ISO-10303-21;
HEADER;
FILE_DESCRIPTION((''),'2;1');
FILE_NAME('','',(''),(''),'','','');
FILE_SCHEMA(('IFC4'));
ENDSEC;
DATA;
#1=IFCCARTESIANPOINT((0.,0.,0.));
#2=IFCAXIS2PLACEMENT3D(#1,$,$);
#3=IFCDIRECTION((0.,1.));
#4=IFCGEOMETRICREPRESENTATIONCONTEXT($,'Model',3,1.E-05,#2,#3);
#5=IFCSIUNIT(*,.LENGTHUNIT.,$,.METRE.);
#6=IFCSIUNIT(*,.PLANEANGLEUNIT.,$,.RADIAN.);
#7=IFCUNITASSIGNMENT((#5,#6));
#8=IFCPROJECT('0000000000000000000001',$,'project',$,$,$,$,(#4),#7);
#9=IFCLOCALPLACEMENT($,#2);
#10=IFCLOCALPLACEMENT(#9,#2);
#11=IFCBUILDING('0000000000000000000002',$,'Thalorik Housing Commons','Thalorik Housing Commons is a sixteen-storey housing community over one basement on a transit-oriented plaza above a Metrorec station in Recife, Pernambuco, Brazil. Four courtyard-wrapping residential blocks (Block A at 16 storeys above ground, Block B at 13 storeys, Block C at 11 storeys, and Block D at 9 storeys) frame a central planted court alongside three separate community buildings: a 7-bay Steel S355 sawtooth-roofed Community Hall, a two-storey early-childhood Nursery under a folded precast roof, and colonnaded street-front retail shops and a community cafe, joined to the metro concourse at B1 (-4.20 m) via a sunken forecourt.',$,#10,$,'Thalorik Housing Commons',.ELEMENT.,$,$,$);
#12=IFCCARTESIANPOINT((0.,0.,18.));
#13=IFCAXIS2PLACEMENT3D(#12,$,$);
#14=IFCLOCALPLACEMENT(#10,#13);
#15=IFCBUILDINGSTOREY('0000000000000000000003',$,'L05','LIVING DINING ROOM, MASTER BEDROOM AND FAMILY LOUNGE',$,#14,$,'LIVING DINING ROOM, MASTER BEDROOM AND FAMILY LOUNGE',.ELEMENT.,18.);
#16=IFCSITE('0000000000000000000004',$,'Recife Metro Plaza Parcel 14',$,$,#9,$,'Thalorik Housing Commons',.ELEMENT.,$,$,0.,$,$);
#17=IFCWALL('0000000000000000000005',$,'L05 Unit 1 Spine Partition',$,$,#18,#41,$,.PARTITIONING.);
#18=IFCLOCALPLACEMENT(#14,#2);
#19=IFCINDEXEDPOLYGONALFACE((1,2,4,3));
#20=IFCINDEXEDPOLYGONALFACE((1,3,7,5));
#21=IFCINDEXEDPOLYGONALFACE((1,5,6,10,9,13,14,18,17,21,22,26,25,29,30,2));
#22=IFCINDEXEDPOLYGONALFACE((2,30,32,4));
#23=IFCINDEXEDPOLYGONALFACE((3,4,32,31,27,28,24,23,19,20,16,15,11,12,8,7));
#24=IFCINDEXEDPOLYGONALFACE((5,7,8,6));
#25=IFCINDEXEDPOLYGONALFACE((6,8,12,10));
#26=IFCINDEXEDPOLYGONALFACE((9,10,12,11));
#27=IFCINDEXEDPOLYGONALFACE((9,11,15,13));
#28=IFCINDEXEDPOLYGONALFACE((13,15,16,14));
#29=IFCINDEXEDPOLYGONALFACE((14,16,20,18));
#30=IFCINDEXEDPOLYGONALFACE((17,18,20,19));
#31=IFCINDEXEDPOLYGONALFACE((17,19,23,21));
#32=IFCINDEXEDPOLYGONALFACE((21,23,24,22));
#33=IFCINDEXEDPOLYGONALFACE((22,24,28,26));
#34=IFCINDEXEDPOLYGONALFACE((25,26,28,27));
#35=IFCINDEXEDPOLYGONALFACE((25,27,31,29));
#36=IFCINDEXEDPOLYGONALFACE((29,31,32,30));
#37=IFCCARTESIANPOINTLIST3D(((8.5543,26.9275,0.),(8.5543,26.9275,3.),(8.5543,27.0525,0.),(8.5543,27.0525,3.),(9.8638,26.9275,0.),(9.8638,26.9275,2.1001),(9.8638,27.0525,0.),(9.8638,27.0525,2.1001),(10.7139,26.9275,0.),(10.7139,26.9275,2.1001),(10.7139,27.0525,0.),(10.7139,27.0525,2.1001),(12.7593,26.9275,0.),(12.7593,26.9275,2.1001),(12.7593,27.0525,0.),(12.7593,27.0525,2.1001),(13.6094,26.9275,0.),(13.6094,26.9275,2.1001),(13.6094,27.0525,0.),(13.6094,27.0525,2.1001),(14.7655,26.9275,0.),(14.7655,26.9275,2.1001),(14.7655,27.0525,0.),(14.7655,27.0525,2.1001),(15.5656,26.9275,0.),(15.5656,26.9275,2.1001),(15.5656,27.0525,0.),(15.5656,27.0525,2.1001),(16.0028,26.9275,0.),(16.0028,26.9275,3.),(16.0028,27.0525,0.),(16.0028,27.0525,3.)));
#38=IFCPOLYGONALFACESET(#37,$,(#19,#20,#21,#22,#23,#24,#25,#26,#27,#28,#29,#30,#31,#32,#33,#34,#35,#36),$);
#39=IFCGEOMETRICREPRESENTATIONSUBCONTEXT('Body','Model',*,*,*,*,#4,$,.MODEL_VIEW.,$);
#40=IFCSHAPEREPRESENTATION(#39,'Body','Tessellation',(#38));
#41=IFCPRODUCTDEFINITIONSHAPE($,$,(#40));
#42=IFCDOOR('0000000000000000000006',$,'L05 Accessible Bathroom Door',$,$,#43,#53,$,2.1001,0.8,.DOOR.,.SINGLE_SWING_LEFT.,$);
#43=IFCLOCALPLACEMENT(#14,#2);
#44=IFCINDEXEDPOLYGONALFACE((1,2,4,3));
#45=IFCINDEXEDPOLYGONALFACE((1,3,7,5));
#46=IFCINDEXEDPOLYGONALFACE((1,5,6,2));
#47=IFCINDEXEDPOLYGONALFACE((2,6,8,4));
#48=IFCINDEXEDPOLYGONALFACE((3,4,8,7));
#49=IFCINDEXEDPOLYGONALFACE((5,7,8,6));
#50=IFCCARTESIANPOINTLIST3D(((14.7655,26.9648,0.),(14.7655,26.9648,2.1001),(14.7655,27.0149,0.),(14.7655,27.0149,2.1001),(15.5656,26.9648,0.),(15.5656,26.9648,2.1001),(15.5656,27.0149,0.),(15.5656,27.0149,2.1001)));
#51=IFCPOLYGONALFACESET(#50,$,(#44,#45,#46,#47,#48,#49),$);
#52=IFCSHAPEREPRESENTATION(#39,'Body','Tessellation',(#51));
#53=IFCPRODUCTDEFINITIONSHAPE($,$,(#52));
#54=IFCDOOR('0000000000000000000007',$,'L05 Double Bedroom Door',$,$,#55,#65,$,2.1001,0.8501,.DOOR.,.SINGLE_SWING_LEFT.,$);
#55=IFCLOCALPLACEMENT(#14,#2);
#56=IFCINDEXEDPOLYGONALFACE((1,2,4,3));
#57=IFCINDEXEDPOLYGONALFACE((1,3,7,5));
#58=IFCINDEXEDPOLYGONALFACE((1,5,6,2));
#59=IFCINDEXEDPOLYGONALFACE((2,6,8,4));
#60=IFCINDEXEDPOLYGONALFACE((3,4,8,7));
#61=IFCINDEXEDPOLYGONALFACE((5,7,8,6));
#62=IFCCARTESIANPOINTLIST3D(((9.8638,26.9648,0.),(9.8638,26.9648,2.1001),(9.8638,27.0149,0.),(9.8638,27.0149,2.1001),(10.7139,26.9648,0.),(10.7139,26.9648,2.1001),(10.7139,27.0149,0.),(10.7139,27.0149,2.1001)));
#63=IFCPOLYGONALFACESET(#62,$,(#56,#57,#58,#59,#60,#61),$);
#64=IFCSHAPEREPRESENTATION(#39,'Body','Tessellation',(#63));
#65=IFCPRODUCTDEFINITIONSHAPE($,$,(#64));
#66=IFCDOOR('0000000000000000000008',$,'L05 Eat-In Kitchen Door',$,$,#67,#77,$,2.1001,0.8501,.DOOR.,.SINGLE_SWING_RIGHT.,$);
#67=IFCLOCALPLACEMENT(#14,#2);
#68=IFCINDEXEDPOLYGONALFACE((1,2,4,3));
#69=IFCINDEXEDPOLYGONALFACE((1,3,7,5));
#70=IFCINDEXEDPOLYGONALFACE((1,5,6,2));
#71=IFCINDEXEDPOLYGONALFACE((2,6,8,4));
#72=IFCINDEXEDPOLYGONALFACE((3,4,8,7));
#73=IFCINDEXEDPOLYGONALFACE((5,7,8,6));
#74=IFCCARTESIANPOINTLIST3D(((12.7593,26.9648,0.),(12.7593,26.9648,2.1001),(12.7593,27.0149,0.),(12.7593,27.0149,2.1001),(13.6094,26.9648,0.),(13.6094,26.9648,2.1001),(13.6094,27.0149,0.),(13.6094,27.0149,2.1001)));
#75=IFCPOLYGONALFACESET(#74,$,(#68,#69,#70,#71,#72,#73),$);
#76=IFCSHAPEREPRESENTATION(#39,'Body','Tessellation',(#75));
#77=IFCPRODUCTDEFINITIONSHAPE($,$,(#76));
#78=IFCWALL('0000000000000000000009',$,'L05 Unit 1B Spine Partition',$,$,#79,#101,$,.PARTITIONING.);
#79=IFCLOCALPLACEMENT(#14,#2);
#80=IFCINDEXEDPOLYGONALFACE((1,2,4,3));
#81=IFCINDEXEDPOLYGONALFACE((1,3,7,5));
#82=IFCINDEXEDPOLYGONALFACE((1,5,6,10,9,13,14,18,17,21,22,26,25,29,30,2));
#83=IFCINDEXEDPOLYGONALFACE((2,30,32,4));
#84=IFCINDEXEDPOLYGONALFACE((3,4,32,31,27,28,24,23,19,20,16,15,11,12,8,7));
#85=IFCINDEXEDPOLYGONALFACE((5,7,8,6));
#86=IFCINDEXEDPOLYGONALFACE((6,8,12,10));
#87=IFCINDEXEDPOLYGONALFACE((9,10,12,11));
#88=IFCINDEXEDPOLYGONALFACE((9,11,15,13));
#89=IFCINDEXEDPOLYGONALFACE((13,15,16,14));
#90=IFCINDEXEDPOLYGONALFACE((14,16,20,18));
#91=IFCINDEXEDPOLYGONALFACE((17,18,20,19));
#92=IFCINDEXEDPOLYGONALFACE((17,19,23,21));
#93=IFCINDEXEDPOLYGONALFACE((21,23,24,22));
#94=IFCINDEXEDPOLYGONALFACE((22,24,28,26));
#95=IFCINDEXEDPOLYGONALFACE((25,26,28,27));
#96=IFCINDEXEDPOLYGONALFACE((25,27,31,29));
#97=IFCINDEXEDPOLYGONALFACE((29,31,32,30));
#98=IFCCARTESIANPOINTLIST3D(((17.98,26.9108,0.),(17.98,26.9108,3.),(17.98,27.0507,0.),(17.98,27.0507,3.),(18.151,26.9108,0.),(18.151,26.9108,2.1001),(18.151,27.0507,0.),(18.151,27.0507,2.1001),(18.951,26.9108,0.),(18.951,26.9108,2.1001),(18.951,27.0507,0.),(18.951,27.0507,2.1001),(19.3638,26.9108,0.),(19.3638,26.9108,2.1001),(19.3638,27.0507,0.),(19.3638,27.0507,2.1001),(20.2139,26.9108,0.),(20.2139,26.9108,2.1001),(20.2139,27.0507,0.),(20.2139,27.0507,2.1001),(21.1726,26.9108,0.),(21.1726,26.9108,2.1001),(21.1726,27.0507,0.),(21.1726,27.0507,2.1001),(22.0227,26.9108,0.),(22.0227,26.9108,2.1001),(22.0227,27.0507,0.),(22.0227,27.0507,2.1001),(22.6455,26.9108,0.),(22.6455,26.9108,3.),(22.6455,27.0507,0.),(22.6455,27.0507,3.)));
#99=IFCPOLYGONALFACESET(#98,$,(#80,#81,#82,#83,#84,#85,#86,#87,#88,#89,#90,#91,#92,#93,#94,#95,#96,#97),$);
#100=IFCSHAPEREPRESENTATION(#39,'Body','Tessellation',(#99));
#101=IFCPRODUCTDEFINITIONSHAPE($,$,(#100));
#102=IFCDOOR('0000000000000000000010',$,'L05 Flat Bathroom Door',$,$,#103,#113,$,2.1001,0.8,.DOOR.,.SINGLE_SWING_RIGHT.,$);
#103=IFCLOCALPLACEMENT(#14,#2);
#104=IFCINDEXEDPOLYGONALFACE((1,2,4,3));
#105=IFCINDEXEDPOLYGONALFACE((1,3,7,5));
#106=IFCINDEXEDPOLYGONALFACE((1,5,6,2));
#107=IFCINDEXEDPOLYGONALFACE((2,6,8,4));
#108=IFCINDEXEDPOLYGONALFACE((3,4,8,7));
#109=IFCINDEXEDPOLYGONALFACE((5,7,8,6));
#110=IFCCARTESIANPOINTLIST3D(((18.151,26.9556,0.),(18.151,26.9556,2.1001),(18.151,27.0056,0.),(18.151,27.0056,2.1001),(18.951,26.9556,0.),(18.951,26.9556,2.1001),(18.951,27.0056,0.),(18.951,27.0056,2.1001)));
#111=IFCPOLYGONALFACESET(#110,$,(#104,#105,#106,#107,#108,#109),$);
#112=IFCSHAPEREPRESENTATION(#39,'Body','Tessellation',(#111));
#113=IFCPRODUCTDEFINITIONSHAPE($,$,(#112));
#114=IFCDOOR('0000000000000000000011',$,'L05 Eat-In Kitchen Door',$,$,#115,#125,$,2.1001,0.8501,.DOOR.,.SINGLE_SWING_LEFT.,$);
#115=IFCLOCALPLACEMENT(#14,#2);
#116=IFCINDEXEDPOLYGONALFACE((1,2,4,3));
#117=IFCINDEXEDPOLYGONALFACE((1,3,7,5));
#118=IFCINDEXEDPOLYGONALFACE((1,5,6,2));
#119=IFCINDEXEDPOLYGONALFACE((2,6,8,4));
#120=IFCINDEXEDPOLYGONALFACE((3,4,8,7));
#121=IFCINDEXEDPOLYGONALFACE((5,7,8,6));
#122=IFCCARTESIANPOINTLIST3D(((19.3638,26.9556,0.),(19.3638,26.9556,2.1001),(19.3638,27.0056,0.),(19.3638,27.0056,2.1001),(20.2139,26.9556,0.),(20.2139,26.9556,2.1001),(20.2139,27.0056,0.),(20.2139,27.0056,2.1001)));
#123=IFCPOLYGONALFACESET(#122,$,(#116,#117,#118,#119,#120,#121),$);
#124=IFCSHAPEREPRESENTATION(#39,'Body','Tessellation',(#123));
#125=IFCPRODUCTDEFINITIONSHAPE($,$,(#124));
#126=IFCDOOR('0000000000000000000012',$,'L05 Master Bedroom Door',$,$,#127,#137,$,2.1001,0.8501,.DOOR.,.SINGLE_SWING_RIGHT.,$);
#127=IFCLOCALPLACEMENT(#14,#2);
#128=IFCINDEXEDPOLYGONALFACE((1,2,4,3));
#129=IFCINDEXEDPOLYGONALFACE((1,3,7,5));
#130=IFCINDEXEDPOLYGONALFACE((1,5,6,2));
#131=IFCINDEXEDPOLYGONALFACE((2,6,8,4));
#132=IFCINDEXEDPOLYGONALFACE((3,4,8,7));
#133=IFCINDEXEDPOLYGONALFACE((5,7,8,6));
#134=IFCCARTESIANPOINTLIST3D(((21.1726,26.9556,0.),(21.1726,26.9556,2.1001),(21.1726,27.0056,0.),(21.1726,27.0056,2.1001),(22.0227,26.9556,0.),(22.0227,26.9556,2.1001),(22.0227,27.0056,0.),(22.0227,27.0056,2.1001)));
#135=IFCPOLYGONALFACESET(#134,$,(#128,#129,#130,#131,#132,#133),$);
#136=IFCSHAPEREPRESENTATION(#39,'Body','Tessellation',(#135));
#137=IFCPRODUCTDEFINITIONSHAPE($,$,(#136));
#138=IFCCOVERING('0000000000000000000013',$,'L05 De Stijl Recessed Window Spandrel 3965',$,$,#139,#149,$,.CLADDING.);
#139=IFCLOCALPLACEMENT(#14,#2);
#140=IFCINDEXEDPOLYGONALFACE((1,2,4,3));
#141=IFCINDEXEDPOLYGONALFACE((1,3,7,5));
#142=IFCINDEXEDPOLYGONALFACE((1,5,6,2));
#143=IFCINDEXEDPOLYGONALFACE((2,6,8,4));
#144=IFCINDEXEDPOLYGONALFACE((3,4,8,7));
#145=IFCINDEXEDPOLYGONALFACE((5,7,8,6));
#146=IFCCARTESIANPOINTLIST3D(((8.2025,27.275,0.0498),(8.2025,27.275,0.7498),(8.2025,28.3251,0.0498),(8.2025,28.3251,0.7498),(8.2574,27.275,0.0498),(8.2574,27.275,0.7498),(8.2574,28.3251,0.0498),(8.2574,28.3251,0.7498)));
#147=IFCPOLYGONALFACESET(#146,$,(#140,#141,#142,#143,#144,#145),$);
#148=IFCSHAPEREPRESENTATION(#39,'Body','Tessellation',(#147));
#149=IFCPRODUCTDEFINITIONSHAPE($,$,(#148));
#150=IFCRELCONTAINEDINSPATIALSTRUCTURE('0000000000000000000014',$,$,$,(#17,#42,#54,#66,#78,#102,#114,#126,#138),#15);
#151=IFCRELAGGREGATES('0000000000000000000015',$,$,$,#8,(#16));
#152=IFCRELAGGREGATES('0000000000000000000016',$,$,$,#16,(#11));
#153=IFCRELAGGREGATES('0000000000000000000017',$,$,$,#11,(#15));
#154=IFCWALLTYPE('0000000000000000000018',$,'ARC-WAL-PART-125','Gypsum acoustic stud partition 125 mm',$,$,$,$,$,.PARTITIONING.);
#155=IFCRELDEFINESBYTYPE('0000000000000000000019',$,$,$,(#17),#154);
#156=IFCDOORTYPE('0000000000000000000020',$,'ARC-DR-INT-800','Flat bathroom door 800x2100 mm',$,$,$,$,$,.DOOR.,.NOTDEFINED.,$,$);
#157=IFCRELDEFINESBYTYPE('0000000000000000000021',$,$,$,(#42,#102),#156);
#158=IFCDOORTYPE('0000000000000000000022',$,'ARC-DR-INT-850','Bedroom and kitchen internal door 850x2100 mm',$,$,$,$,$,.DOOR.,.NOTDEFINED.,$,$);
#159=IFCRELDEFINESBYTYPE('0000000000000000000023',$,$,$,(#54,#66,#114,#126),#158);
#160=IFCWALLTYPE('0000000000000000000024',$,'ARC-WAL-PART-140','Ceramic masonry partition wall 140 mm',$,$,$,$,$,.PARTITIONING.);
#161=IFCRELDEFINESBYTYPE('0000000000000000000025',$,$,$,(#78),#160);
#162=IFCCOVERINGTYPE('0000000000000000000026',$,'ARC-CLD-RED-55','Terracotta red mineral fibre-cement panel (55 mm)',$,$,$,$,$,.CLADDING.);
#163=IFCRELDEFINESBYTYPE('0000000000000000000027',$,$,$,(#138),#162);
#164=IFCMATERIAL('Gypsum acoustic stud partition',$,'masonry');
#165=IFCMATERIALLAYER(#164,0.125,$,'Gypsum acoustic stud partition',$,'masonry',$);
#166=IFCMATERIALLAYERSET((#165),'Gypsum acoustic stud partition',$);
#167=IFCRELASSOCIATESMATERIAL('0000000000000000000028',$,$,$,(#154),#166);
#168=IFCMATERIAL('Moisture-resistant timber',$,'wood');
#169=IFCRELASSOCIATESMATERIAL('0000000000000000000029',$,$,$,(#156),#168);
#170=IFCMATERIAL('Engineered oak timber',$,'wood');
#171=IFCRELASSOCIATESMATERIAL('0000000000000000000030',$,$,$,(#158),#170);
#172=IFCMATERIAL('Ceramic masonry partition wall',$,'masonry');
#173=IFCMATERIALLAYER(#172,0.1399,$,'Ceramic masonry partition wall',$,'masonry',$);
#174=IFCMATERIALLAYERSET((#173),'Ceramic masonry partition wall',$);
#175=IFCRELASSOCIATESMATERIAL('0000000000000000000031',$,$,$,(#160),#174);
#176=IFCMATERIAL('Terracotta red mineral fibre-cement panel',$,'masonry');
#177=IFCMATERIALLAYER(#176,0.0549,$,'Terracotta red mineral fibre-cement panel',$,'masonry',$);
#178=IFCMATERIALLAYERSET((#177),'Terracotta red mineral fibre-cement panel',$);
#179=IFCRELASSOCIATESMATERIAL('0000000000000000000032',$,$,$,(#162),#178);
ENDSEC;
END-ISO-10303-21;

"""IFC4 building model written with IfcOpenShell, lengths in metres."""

from ifc_helpers import new_model, si_unit, direction, frame, frame_2d, origin, origin_2d, place, context, subcontext, project, spatial, rectangle, extrude, material, layer, layer_set, type_object, element, fill, save


model = new_model("IFC4")

# Units and contexts
model_context = context("Model", 3, precision=1e-05, world=origin(), true_north=direction((0.0, 1.0)))
body_context = subcontext(model_context, "Body", "Model", "MODEL_VIEW")
ifc_project = project(units=[si_unit("LENGTHUNIT", "METRE"), si_unit("PLANEANGLEUNIT", "RADIAN")], contexts=[model_context])

# Site, building, storey
site_placement = place(None, origin())
site = spatial("IfcSite", under=ifc_project, at=site_placement, Name="Recife Metro Plaza Parcel 14", LongName="Thalorik Housing Commons", CompositionType="ELEMENT", RefElevation=0.0)
building_placement = place(site_placement, origin())
building = spatial("IfcBuilding", under=site, at=building_placement, Name="Thalorik Housing Commons", Description="Thalorik Housing Commons is a sixteen-storey housing community over one basement on a transit-oriented plaza above a Metrorec station in Recife, Pernambuco, Brazil. Four courtyard-wrapping residential blocks (Block A at 16 storeys above ground, Block B at 13 storeys, Block C at 11 storeys, and Block D at 9 storeys) frame a central planted court alongside three separate community buildings: a 7-bay Steel S355 sawtooth-roofed Community Hall, a two-storey early-childhood Nursery under a folded precast roof, and colonnaded street-front retail shops and a community cafe, joined to the metro concourse at B1 (-4.20 m) via a sunken forecourt.", LongName="Thalorik Housing Commons", CompositionType="ELEMENT")
storey_placement = place(building_placement, frame((0.0, 0.0, 18.0)))
storey = spatial("IfcBuildingStorey", under=building, at=storey_placement, Name="L05", Description="LIVING DINING ROOM, MASTER BEDROOM AND FAMILY LOUNGE", LongName="LIVING DINING ROOM, MASTER BEDROOM AND FAMILY LOUNGE", CompositionType="ELEMENT", Elevation=18.0)

# Walls, openings, doors
ifc_material_1 = material(Name="Gypsum acoustic stud partition", Category="masonry")
ifc_layer_1 = layer(ifc_material_1, 0.125, Name="Gypsum acoustic stud partition", Category="masonry")
ifc_layer_set_1 = layer_set([ifc_layer_1], Name="Gypsum acoustic stud partition")
wall_type_1 = type_object("IfcWallType", Name="ARC-WAL-PART-125", Description="Gypsum acoustic stud partition 125 mm", PredefinedType="PARTITIONING", material=ifc_layer_set_1)
wall_1_placement = place(storey_placement, frame((8.5544, 26.99, 0.0), z_axis=(0.0, 0.0, 1.0), x_axis=(1.0, 0.0, 0.0)))
wall_1 = element("IfcWall", 1, at=wall_1_placement, inside=storey, type_object=wall_type_1, Name="L05 Unit 1 Spine Partition", PredefinedType="PARTITIONING", context=body_context, shape_type="SweptSolid", body=[
    extrude(rectangle(XDim=7.4485, YDim=0.125, at=frame_2d((3.7241, 0.0))), origin(), (0.0, 0.0, 1.0), 3.0),
])
opening_1_placement = place(wall_1_placement, frame((1.3093, 0.0, 0.0)))
opening_1 = element("IfcOpeningElement", 2, at=opening_1_placement, cuts=wall_1, PredefinedType="OPENING", context=body_context, shape_type="SweptSolid", body=[
    extrude(rectangle(XDim=0.8501, YDim=2.1001, at=frame_2d((0.425, 1.05))), frame((0.0, 0.0725, 0.0), z_axis=(0.0, -1.0, 0.0), x_axis=(1.0, 0.0, 0.0)), (0.0, 0.0, 1.0), 0.145),
])
opening_2_placement = place(wall_1_placement, frame((4.2048, 0.0, 0.0)))
opening_2 = element("IfcOpeningElement", 3, at=opening_2_placement, cuts=wall_1, PredefinedType="OPENING", context=body_context, shape_type="SweptSolid", body=[
    extrude(rectangle(XDim=0.8501, YDim=2.1001, at=frame_2d((0.425, 1.05))), frame((0.0, 0.0725, 0.0), z_axis=(0.0, -1.0, 0.0), x_axis=(1.0, 0.0, 0.0)), (0.0, 0.0, 1.0), 0.145),
])
opening_3_placement = place(wall_1_placement, frame((6.2112, 0.0, 0.0)))
opening_3 = element("IfcOpeningElement", 4, at=opening_3_placement, cuts=wall_1, PredefinedType="OPENING", context=body_context, shape_type="SweptSolid", body=[
    extrude(rectangle(XDim=0.8, YDim=2.1001, at=frame_2d((0.3999, 1.05))), frame((0.0, 0.0725, 0.0), z_axis=(0.0, -1.0, 0.0), x_axis=(1.0, 0.0, 0.0)), (0.0, 0.0, 1.0), 0.145),
])
ifc_material_2 = material(Name="Moisture-resistant timber", Category="wood")
door_type_1 = type_object("IfcDoorType", Name="ARC-DR-INT-800", Description="Flat bathroom door 800x2100 mm", OperationType="NOTDEFINED", PredefinedType="DOOR", material=ifc_material_2)
door_1_placement = place(opening_3_placement, origin())
door_1 = element("IfcDoor", 5, at=door_1_placement, inside=storey, type_object=door_type_1, Name="L05 Accessible Bathroom Door", OperationType="SINGLE_SWING_LEFT", OverallHeight=2.1001, OverallWidth=0.8, PredefinedType="DOOR", context=body_context, shape_type="SweptSolid", body=[
    extrude(rectangle(XDim=0.8, YDim=2.1001, at=frame_2d((0.3999, 1.05))), frame((0.0, 0.0249, 0.0), z_axis=(0.0, -1.0, 0.0), x_axis=(1.0, 0.0, 0.0)), (0.0, 0.0, 1.0), 0.05),
])
fill(opening_3, door_1)
ifc_material_3 = material(Name="Engineered oak timber", Category="wood")
door_type_2 = type_object("IfcDoorType", Name="ARC-DR-INT-850", Description="Bedroom and kitchen internal door 850x2100 mm", OperationType="NOTDEFINED", PredefinedType="DOOR", material=ifc_material_3)
door_2_placement = place(opening_1_placement, origin())
door_2 = element("IfcDoor", 6, at=door_2_placement, inside=storey, type_object=door_type_2, Name="L05 Double Bedroom Door", OperationType="SINGLE_SWING_LEFT", OverallHeight=2.1001, OverallWidth=0.8501, PredefinedType="DOOR", context=body_context, shape_type="SweptSolid", body=[
    extrude(rectangle(XDim=0.8501, YDim=2.1001, at=frame_2d((0.425, 1.05))), frame((0.0, 0.0249, 0.0), z_axis=(0.0, -1.0, 0.0), x_axis=(1.0, 0.0, 0.0)), (0.0, 0.0, 1.0), 0.05),
])
fill(opening_1, door_2)
door_3_placement = place(opening_2_placement, origin())
door_3 = element("IfcDoor", 7, at=door_3_placement, inside=storey, type_object=door_type_2, Name="L05 Eat-In Kitchen Door", OperationType="SINGLE_SWING_RIGHT", OverallHeight=2.1001, OverallWidth=0.8501, PredefinedType="DOOR", context=body_context, shape_type="SweptSolid", body=[
    extrude(rectangle(XDim=0.8501, YDim=2.1001, at=frame_2d((0.425, 1.05))), frame((0.0, 0.0249, 0.0), z_axis=(0.0, -1.0, 0.0), x_axis=(1.0, 0.0, 0.0)), (0.0, 0.0, 1.0), 0.05),
])
fill(opening_2, door_3)
ifc_material_4 = material(Name="Ceramic masonry partition wall", Category="masonry")
ifc_layer_2 = layer(ifc_material_4, 0.1399, Name="Ceramic masonry partition wall", Category="masonry")
ifc_layer_set_2 = layer_set([ifc_layer_2], Name="Ceramic masonry partition wall")
wall_type_2 = type_object("IfcWallType", Name="ARC-WAL-PART-140", Description="Ceramic masonry partition wall 140 mm", PredefinedType="PARTITIONING", material=ifc_layer_set_2)
wall_2_placement = place(storey_placement, frame((17.98, 26.9807, 0.0), z_axis=(0.0, 0.0, 1.0), x_axis=(1.0, 0.0, 0.0)))
wall_2 = element("IfcWall", 8, at=wall_2_placement, inside=storey, type_object=wall_type_2, Name="L05 Unit 1B Spine Partition", PredefinedType="PARTITIONING", context=body_context, shape_type="SweptSolid", body=[
    extrude(rectangle(XDim=4.6655, YDim=0.1399, at=frame_2d((2.3328, 0.0))), origin(), (0.0, 0.0, 1.0), 3.0),
])
opening_4_placement = place(wall_2_placement, frame((0.1711, 0.0, 0.0)))
opening_4 = element("IfcOpeningElement", 9, at=opening_4_placement, cuts=wall_2, PredefinedType="OPENING", context=body_context, shape_type="SweptSolid", body=[
    extrude(rectangle(XDim=0.8, YDim=2.1001, at=frame_2d((0.3999, 1.05))), frame((0.0, 0.0801, 0.0), z_axis=(0.0, -1.0, 0.0), x_axis=(1.0, 0.0, 0.0)), (0.0, 0.0, 1.0), 0.1599),
])
opening_5_placement = place(wall_2_placement, frame((1.3838, 0.0, 0.0)))
opening_5 = element("IfcOpeningElement", 10, at=opening_5_placement, cuts=wall_2, PredefinedType="OPENING", context=body_context, shape_type="SweptSolid", body=[
    extrude(rectangle(XDim=0.8501, YDim=2.1001, at=frame_2d((0.425, 1.05))), frame((0.0, 0.0801, 0.0), z_axis=(0.0, -1.0, 0.0), x_axis=(1.0, 0.0, 0.0)), (0.0, 0.0, 1.0), 0.1599),
])
opening_6_placement = place(wall_2_placement, frame((3.1926, 0.0, 0.0)))
opening_6 = element("IfcOpeningElement", 11, at=opening_6_placement, cuts=wall_2, PredefinedType="OPENING", context=body_context, shape_type="SweptSolid", body=[
    extrude(rectangle(XDim=0.8501, YDim=2.1001, at=frame_2d((0.425, 1.05))), frame((0.0, 0.0801, 0.0), z_axis=(0.0, -1.0, 0.0), x_axis=(1.0, 0.0, 0.0)), (0.0, 0.0, 1.0), 0.1599),
])
door_4_placement = place(opening_4_placement, origin())
door_4 = element("IfcDoor", 12, at=door_4_placement, inside=storey, type_object=door_type_1, Name="L05 Flat Bathroom Door", OperationType="SINGLE_SWING_RIGHT", OverallHeight=2.1001, OverallWidth=0.8, PredefinedType="DOOR", context=body_context, shape_type="SweptSolid", body=[
    extrude(rectangle(XDim=0.8, YDim=2.1001, at=frame_2d((0.3999, 1.05))), frame((0.0, 0.0249, 0.0), z_axis=(0.0, -1.0, 0.0), x_axis=(1.0, 0.0, 0.0)), (0.0, 0.0, 1.0), 0.05),
])
fill(opening_4, door_4)
door_5_placement = place(opening_5_placement, origin())
door_5 = element("IfcDoor", 13, at=door_5_placement, inside=storey, type_object=door_type_2, Name="L05 Eat-In Kitchen Door", OperationType="SINGLE_SWING_LEFT", OverallHeight=2.1001, OverallWidth=0.8501, PredefinedType="DOOR", context=body_context, shape_type="SweptSolid", body=[
    extrude(rectangle(XDim=0.8501, YDim=2.1001, at=frame_2d((0.425, 1.05))), frame((0.0, 0.0249, 0.0), z_axis=(0.0, -1.0, 0.0), x_axis=(1.0, 0.0, 0.0)), (0.0, 0.0, 1.0), 0.05),
])
fill(opening_5, door_5)
door_6_placement = place(opening_6_placement, origin())
door_6 = element("IfcDoor", 14, at=door_6_placement, inside=storey, type_object=door_type_2, Name="L05 Master Bedroom Door", OperationType="SINGLE_SWING_RIGHT", OverallHeight=2.1001, OverallWidth=0.8501, PredefinedType="DOOR", context=body_context, shape_type="SweptSolid", body=[
    extrude(rectangle(XDim=0.8501, YDim=2.1001, at=frame_2d((0.425, 1.05))), frame((0.0, 0.0249, 0.0), z_axis=(0.0, -1.0, 0.0), x_axis=(1.0, 0.0, 0.0)), (0.0, 0.0, 1.0), 0.05),
])
fill(opening_6, door_6)

# Covering
ifc_material_5 = material(Name="Terracotta red mineral fibre-cement panel", Category="masonry")
ifc_layer_3 = layer(ifc_material_5, 0.0549, Name="Terracotta red mineral fibre-cement panel", Category="masonry")
ifc_layer_set_3 = layer_set([ifc_layer_3], Name="Terracotta red mineral fibre-cement panel")
covering_type_1 = type_object("IfcCoveringType", Name="ARC-CLD-RED-55", Description="Terracotta red mineral fibre-cement panel (55 mm)", PredefinedType="CLADDING", material=ifc_layer_set_3)
covering_1_placement = place(storey_placement, frame((8.23, 27.8, 0.0498), z_axis=(0.0, 0.0, 1.0), x_axis=(0.0, -1.0, 0.0)))
element("IfcCovering", 15, at=covering_1_placement, inside=storey, type_object=covering_type_1, Name="L05 De Stijl Recessed Window Spandrel 3965", PredefinedType="CLADDING", context=body_context, shape_type="SweptSolid", body=[
    extrude(rectangle(XDim=1.05, YDim=0.0549, at=origin_2d()), origin(), (0.0, 0.0, 1.0), 0.7),
])

save(model, "model.ifc")
